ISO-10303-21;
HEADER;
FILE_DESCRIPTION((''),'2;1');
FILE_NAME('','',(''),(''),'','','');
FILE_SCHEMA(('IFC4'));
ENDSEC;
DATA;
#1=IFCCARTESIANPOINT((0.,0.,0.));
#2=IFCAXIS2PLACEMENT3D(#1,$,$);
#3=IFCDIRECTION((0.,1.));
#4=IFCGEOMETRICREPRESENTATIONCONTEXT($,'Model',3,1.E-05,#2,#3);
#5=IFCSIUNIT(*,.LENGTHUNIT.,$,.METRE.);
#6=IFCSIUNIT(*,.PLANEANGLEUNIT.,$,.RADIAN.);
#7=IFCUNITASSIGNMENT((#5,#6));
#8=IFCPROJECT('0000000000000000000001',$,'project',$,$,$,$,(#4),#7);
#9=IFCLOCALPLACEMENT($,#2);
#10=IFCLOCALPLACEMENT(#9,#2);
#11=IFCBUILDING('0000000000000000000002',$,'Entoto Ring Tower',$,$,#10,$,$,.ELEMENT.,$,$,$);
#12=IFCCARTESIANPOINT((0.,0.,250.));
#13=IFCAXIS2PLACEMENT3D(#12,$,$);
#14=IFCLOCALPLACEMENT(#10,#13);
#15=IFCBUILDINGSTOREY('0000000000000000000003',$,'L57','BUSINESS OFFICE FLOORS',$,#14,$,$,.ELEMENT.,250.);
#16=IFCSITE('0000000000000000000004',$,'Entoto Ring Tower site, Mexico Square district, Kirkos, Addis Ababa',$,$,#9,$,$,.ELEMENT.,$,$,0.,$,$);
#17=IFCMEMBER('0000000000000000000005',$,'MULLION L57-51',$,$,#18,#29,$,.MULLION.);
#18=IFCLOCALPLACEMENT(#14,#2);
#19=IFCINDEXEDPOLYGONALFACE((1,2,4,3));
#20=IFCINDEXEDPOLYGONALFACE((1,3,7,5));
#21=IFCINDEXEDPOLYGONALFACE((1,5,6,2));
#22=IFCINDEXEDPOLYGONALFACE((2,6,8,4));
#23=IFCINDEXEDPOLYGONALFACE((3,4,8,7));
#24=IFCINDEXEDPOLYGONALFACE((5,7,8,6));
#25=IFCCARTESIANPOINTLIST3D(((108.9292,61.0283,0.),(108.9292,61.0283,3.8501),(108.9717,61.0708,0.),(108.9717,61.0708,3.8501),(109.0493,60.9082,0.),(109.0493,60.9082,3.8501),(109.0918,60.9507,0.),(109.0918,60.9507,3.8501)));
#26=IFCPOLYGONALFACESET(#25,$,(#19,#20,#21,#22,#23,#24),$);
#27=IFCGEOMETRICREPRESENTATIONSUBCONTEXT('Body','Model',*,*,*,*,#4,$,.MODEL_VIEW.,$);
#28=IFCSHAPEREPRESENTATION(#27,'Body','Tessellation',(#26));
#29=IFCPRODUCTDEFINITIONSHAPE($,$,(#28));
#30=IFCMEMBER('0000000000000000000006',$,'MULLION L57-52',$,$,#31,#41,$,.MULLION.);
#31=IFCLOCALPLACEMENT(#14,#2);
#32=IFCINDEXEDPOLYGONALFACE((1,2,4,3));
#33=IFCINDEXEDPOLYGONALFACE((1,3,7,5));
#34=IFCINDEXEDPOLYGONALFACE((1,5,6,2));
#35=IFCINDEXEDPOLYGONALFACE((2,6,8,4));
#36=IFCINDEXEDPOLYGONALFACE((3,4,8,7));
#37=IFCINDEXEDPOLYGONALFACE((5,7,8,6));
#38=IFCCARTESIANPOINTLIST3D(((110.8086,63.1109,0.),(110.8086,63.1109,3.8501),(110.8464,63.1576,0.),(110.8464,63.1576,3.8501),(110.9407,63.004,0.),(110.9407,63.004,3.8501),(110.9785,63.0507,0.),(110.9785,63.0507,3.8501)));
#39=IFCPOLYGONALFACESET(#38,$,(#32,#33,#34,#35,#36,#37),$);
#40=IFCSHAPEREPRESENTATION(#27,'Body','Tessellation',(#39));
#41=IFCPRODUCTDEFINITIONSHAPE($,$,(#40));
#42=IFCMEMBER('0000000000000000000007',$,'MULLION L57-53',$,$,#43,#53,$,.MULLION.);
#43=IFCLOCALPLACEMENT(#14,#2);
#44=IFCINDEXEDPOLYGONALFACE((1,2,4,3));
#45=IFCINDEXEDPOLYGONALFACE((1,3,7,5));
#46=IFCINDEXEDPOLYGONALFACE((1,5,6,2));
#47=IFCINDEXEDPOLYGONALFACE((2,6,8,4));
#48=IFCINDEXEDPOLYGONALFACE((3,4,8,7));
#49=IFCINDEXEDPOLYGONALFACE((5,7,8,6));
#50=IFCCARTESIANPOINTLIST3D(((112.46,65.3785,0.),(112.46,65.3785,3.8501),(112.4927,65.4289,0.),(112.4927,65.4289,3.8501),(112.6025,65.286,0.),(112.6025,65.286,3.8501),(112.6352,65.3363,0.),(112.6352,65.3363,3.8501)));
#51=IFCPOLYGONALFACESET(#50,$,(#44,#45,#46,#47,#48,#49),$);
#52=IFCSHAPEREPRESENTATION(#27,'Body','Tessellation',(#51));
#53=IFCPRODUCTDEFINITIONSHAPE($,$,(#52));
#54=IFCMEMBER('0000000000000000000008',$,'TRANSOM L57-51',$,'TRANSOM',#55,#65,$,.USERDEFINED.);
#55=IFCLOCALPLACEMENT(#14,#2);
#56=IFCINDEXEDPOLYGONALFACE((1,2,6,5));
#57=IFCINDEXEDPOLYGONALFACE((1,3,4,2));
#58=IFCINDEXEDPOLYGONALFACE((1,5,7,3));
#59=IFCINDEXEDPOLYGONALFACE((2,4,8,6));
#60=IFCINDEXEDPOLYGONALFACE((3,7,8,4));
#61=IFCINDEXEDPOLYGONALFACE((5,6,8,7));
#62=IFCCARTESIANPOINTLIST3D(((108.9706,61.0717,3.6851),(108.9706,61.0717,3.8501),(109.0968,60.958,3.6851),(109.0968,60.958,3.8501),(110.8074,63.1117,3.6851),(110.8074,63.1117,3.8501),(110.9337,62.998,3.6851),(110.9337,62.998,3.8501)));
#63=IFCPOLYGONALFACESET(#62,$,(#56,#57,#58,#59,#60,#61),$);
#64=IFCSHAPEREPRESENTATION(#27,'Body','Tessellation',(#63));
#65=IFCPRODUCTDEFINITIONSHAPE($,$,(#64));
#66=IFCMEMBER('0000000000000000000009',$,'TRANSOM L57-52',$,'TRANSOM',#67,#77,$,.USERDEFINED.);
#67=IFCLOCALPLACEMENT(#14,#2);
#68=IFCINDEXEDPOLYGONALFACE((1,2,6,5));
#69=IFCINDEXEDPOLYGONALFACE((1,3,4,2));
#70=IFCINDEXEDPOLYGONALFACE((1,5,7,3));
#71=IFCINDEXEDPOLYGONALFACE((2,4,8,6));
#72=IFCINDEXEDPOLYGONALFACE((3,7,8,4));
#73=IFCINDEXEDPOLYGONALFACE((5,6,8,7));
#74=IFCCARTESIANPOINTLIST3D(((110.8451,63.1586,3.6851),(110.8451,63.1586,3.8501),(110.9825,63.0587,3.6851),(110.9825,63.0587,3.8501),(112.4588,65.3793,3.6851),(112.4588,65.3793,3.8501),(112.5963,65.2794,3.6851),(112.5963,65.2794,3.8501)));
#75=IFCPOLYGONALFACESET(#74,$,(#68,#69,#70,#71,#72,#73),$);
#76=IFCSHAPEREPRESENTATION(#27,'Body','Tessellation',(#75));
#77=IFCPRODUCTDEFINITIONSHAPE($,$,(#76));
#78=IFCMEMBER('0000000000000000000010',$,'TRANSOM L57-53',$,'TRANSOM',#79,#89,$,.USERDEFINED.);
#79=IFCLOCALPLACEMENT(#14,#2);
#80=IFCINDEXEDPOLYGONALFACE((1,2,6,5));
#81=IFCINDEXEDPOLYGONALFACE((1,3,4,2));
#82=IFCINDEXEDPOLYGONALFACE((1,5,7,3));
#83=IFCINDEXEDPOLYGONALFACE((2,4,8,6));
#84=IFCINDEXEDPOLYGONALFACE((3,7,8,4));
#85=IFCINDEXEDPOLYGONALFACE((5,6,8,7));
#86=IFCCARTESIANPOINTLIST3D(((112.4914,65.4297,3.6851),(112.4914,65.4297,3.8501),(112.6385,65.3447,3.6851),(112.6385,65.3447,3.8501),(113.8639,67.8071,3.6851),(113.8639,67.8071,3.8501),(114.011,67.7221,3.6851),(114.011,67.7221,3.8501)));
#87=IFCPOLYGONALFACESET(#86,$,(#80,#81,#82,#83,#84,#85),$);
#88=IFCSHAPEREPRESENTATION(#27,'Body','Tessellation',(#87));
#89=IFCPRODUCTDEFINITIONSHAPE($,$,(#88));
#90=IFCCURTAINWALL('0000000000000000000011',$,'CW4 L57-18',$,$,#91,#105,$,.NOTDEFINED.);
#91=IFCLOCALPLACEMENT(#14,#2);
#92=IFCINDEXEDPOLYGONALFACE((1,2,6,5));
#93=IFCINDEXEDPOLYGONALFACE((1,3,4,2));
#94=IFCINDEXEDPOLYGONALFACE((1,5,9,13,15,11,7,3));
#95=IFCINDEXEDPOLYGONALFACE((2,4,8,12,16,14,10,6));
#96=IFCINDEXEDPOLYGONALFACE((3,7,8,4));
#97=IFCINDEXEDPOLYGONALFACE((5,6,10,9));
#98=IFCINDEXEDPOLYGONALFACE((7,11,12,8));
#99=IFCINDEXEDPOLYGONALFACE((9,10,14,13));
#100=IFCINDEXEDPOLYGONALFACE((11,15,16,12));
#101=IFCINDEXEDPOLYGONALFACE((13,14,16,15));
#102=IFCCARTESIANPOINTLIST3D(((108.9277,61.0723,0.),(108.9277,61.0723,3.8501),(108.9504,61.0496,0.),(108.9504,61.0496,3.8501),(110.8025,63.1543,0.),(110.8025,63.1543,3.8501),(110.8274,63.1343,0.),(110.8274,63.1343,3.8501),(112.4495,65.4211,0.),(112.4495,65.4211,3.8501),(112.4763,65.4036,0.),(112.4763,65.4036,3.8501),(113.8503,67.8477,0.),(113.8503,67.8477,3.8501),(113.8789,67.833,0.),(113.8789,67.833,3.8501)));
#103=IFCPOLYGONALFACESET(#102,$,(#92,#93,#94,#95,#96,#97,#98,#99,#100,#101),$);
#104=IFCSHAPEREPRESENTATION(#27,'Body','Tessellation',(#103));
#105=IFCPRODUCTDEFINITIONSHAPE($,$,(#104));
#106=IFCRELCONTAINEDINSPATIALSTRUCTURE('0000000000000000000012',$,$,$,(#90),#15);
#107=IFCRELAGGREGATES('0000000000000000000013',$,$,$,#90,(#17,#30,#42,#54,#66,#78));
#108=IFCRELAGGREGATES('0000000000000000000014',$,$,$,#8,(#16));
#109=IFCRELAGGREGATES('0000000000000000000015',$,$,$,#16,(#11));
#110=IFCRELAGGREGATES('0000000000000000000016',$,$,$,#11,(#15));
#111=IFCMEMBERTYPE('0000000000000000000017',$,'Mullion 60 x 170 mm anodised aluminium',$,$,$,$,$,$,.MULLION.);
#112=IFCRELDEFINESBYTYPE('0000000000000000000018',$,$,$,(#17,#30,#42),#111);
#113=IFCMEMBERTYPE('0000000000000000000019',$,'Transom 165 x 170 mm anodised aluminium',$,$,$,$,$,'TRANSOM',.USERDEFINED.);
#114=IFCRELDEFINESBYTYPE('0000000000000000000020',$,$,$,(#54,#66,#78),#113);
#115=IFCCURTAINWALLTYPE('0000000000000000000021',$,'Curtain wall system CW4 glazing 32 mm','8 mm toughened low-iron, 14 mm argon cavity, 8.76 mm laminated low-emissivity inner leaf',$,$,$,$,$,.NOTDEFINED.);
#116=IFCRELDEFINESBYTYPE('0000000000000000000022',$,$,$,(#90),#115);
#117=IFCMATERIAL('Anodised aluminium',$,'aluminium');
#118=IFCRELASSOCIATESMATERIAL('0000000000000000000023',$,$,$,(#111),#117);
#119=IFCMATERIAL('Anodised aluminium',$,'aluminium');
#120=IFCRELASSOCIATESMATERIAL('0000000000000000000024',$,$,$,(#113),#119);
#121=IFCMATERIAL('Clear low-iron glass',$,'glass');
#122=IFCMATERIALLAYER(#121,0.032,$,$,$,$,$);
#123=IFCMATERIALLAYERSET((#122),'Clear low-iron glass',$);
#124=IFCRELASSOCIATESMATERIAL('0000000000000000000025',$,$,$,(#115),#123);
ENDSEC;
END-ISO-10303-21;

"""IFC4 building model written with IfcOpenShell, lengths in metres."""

from ifc_helpers import new_model, si_unit, direction, frame, origin, origin_2d, place, context, subcontext, project, spatial, polyline, rectangle, outline, extrude, material, layer, layer_set, material_profile, profile_set, type_object, element, aggregate, save


model = new_model("IFC4")

# Units and contexts
model_context = context("Model", 3, precision=1e-05, world=origin(), true_north=direction((0.0, 1.0)))
body_context = subcontext(model_context, "Body", "Model", "MODEL_VIEW")
ifc_project = project(units=[si_unit("LENGTHUNIT", "METRE"), si_unit("PLANEANGLEUNIT", "RADIAN")], contexts=[model_context])

# Members
ifc_material_1 = material(Name="Anodised aluminium", Category="aluminium")
ifc_material_profile_1 = material_profile(ifc_material_1, rectangle(XDim=0.0601, YDim=0.1699, at=origin_2d()), Name="Mullion 60 x 170 mm anodised aluminium")
ifc_profile_set_1 = profile_set([ifc_material_profile_1], Name="Anodised aluminium")
member_type_1 = type_object("IfcMemberType", Name="Mullion 60 x 170 mm anodised aluminium", PredefinedType="MULLION", material=ifc_profile_set_1)
site_placement = place(None, origin())
building_placement = place(site_placement, origin())
storey_placement = place(building_placement, frame((0.0, 0.0, 250.0)))
member_1_placement = place(storey_placement, frame((109.0105, 60.9895, 0.0), z_axis=(0.0, 0.0, 1.0), x_axis=(0.707107, 0.707107, 0.0)))
member_1 = element("IfcMember", 1, at=member_1_placement, type_object=member_type_1, Name="MULLION L57-51", PredefinedType="MULLION", context=body_context, shape_type="SweptSolid", body=[
    extrude(rectangle(XDim=0.0601, YDim=0.1699, at=origin_2d()), origin(), (0.0, 0.0, 1.0), 3.8501),
])
member_2_placement = place(storey_placement, frame((110.8936, 63.0808, 0.0), z_axis=(0.0, 0.0, 1.0), x_axis=(0.62932, 0.777146, 0.0)))
member_2 = element("IfcMember", 2, at=member_2_placement, type_object=member_type_1, Name="MULLION L57-52", PredefinedType="MULLION", context=body_context, shape_type="SweptSolid", body=[
    extrude(rectangle(XDim=0.0601, YDim=0.1699, at=origin_2d()), origin(), (0.0, 0.0, 1.0), 3.8501),
])
member_3_placement = place(storey_placement, frame((112.5476, 65.3574, 0.0), z_axis=(0.0, 0.0, 1.0), x_axis=(0.544639, 0.838671, 0.0)))
member_3 = element("IfcMember", 3, at=member_3_placement, type_object=member_type_1, Name="MULLION L57-53", PredefinedType="MULLION", context=body_context, shape_type="SweptSolid", body=[
    extrude(rectangle(XDim=0.0601, YDim=0.1699, at=origin_2d()), origin(), (0.0, 0.0, 1.0), 3.8501),
])
ifc_material_2 = material(Name="Anodised aluminium", Category="aluminium")
ifc_material_profile_2 = material_profile(ifc_material_2, rectangle(XDim=0.1699, YDim=0.165, at=origin_2d()), Name="Transom 165 x 170 mm anodised aluminium")
ifc_profile_set_2 = profile_set([ifc_material_profile_2], Name="Anodised aluminium")
member_type_2 = type_object("IfcMemberType", Name="Transom 165 x 170 mm anodised aluminium", ElementType="TRANSOM", PredefinedType="USERDEFINED", material=ifc_profile_set_2)
member_4_placement = place(storey_placement, frame((109.0337, 61.0149, 3.7676), z_axis=(0.669142, 0.743135, 0.0), x_axis=(-0.743135, 0.669142, 0.0)))
member_4 = element("IfcMember", 4, at=member_4_placement, type_object=member_type_2, Name="TRANSOM L57-51", ObjectType="TRANSOM", PredefinedType="USERDEFINED", context=body_context, shape_type="SweptSolid", body=[
    extrude(rectangle(XDim=0.1699, YDim=0.165, at=origin_2d()), origin(), (0.0, 0.0, 1.0), 2.7451),
])
member_5_placement = place(storey_placement, frame((110.9138, 63.1086, 3.7676), z_axis=(0.587865, 0.808959, 0.0), x_axis=(-0.808959, 0.587865, 0.0)))
member_5 = element("IfcMember", 5, at=member_5_placement, type_object=member_type_2, Name="TRANSOM L57-52", ObjectType="TRANSOM", PredefinedType="USERDEFINED", context=body_context, shape_type="SweptSolid", body=[
    extrude(rectangle(XDim=0.1699, YDim=0.165, at=origin_2d()), origin(), (0.0, 0.0, 1.0), 2.7451),
])
member_6_placement = place(storey_placement, frame((112.5649, 65.3872, 3.7676), z_axis=(0.499984, 0.866035, 0.0), x_axis=(-0.866035, 0.499984, 0.0)))
member_6 = element("IfcMember", 6, at=member_6_placement, type_object=member_type_2, Name="TRANSOM L57-53", ObjectType="TRANSOM", PredefinedType="USERDEFINED", context=body_context, shape_type="SweptSolid", body=[
    extrude(rectangle(XDim=0.1699, YDim=0.165, at=origin_2d()), origin(), (0.0, 0.0, 1.0), 2.7451),
])

# Site, building, storey
site = spatial("IfcSite", under=ifc_project, at=site_placement, Name="Entoto Ring Tower site, Mexico Square district, Kirkos, Addis Ababa", CompositionType="ELEMENT", RefElevation=0.0)
building = spatial("IfcBuilding", under=site, at=building_placement, Name="Entoto Ring Tower", CompositionType="ELEMENT")
storey = spatial("IfcBuildingStorey", under=building, at=storey_placement, Name="L57", Description="BUSINESS OFFICE FLOORS", CompositionType="ELEMENT", Elevation=250.0)

# Curtain wall
ifc_material_3 = material(Name="Clear low-iron glass", Category="glass")
ifc_layer = layer(ifc_material_3, 0.032)
ifc_layer_set = layer_set([ifc_layer], Name="Clear low-iron glass")
curtain_wall_type = type_object("IfcCurtainWallType", Name="Curtain wall system CW4 glazing 32 mm", Description="8 mm toughened low-iron, 14 mm argon cavity, 8.76 mm laminated low-emissivity inner leaf", PredefinedType="NOTDEFINED", material=ifc_layer_set)
curtain_wall_1_placement = place(storey_placement, origin())
curtain_wall_1 = element("IfcCurtainWall", 7, at=curtain_wall_1_placement, inside=storey, type_object=curtain_wall_type, Name="CW4 L57-18", PredefinedType="NOTDEFINED", context=body_context, shape_type="SweptSolid", body=[
    extrude(outline(polyline([(108.9504, 61.0496), (110.8274, 63.1343), (112.4763, 65.4036), (113.8789, 67.833), (113.8503, 67.8477), (112.4495, 65.4211), (110.8025, 63.1543), (108.9277, 61.0723), (108.9504, 61.0496)])), origin(), (0.0, 0.0, 1.0), 3.8501),
])
aggregate(curtain_wall_1, [member_1, member_2, member_3, member_4, member_5, member_6])

save(model, "model.ifc")
